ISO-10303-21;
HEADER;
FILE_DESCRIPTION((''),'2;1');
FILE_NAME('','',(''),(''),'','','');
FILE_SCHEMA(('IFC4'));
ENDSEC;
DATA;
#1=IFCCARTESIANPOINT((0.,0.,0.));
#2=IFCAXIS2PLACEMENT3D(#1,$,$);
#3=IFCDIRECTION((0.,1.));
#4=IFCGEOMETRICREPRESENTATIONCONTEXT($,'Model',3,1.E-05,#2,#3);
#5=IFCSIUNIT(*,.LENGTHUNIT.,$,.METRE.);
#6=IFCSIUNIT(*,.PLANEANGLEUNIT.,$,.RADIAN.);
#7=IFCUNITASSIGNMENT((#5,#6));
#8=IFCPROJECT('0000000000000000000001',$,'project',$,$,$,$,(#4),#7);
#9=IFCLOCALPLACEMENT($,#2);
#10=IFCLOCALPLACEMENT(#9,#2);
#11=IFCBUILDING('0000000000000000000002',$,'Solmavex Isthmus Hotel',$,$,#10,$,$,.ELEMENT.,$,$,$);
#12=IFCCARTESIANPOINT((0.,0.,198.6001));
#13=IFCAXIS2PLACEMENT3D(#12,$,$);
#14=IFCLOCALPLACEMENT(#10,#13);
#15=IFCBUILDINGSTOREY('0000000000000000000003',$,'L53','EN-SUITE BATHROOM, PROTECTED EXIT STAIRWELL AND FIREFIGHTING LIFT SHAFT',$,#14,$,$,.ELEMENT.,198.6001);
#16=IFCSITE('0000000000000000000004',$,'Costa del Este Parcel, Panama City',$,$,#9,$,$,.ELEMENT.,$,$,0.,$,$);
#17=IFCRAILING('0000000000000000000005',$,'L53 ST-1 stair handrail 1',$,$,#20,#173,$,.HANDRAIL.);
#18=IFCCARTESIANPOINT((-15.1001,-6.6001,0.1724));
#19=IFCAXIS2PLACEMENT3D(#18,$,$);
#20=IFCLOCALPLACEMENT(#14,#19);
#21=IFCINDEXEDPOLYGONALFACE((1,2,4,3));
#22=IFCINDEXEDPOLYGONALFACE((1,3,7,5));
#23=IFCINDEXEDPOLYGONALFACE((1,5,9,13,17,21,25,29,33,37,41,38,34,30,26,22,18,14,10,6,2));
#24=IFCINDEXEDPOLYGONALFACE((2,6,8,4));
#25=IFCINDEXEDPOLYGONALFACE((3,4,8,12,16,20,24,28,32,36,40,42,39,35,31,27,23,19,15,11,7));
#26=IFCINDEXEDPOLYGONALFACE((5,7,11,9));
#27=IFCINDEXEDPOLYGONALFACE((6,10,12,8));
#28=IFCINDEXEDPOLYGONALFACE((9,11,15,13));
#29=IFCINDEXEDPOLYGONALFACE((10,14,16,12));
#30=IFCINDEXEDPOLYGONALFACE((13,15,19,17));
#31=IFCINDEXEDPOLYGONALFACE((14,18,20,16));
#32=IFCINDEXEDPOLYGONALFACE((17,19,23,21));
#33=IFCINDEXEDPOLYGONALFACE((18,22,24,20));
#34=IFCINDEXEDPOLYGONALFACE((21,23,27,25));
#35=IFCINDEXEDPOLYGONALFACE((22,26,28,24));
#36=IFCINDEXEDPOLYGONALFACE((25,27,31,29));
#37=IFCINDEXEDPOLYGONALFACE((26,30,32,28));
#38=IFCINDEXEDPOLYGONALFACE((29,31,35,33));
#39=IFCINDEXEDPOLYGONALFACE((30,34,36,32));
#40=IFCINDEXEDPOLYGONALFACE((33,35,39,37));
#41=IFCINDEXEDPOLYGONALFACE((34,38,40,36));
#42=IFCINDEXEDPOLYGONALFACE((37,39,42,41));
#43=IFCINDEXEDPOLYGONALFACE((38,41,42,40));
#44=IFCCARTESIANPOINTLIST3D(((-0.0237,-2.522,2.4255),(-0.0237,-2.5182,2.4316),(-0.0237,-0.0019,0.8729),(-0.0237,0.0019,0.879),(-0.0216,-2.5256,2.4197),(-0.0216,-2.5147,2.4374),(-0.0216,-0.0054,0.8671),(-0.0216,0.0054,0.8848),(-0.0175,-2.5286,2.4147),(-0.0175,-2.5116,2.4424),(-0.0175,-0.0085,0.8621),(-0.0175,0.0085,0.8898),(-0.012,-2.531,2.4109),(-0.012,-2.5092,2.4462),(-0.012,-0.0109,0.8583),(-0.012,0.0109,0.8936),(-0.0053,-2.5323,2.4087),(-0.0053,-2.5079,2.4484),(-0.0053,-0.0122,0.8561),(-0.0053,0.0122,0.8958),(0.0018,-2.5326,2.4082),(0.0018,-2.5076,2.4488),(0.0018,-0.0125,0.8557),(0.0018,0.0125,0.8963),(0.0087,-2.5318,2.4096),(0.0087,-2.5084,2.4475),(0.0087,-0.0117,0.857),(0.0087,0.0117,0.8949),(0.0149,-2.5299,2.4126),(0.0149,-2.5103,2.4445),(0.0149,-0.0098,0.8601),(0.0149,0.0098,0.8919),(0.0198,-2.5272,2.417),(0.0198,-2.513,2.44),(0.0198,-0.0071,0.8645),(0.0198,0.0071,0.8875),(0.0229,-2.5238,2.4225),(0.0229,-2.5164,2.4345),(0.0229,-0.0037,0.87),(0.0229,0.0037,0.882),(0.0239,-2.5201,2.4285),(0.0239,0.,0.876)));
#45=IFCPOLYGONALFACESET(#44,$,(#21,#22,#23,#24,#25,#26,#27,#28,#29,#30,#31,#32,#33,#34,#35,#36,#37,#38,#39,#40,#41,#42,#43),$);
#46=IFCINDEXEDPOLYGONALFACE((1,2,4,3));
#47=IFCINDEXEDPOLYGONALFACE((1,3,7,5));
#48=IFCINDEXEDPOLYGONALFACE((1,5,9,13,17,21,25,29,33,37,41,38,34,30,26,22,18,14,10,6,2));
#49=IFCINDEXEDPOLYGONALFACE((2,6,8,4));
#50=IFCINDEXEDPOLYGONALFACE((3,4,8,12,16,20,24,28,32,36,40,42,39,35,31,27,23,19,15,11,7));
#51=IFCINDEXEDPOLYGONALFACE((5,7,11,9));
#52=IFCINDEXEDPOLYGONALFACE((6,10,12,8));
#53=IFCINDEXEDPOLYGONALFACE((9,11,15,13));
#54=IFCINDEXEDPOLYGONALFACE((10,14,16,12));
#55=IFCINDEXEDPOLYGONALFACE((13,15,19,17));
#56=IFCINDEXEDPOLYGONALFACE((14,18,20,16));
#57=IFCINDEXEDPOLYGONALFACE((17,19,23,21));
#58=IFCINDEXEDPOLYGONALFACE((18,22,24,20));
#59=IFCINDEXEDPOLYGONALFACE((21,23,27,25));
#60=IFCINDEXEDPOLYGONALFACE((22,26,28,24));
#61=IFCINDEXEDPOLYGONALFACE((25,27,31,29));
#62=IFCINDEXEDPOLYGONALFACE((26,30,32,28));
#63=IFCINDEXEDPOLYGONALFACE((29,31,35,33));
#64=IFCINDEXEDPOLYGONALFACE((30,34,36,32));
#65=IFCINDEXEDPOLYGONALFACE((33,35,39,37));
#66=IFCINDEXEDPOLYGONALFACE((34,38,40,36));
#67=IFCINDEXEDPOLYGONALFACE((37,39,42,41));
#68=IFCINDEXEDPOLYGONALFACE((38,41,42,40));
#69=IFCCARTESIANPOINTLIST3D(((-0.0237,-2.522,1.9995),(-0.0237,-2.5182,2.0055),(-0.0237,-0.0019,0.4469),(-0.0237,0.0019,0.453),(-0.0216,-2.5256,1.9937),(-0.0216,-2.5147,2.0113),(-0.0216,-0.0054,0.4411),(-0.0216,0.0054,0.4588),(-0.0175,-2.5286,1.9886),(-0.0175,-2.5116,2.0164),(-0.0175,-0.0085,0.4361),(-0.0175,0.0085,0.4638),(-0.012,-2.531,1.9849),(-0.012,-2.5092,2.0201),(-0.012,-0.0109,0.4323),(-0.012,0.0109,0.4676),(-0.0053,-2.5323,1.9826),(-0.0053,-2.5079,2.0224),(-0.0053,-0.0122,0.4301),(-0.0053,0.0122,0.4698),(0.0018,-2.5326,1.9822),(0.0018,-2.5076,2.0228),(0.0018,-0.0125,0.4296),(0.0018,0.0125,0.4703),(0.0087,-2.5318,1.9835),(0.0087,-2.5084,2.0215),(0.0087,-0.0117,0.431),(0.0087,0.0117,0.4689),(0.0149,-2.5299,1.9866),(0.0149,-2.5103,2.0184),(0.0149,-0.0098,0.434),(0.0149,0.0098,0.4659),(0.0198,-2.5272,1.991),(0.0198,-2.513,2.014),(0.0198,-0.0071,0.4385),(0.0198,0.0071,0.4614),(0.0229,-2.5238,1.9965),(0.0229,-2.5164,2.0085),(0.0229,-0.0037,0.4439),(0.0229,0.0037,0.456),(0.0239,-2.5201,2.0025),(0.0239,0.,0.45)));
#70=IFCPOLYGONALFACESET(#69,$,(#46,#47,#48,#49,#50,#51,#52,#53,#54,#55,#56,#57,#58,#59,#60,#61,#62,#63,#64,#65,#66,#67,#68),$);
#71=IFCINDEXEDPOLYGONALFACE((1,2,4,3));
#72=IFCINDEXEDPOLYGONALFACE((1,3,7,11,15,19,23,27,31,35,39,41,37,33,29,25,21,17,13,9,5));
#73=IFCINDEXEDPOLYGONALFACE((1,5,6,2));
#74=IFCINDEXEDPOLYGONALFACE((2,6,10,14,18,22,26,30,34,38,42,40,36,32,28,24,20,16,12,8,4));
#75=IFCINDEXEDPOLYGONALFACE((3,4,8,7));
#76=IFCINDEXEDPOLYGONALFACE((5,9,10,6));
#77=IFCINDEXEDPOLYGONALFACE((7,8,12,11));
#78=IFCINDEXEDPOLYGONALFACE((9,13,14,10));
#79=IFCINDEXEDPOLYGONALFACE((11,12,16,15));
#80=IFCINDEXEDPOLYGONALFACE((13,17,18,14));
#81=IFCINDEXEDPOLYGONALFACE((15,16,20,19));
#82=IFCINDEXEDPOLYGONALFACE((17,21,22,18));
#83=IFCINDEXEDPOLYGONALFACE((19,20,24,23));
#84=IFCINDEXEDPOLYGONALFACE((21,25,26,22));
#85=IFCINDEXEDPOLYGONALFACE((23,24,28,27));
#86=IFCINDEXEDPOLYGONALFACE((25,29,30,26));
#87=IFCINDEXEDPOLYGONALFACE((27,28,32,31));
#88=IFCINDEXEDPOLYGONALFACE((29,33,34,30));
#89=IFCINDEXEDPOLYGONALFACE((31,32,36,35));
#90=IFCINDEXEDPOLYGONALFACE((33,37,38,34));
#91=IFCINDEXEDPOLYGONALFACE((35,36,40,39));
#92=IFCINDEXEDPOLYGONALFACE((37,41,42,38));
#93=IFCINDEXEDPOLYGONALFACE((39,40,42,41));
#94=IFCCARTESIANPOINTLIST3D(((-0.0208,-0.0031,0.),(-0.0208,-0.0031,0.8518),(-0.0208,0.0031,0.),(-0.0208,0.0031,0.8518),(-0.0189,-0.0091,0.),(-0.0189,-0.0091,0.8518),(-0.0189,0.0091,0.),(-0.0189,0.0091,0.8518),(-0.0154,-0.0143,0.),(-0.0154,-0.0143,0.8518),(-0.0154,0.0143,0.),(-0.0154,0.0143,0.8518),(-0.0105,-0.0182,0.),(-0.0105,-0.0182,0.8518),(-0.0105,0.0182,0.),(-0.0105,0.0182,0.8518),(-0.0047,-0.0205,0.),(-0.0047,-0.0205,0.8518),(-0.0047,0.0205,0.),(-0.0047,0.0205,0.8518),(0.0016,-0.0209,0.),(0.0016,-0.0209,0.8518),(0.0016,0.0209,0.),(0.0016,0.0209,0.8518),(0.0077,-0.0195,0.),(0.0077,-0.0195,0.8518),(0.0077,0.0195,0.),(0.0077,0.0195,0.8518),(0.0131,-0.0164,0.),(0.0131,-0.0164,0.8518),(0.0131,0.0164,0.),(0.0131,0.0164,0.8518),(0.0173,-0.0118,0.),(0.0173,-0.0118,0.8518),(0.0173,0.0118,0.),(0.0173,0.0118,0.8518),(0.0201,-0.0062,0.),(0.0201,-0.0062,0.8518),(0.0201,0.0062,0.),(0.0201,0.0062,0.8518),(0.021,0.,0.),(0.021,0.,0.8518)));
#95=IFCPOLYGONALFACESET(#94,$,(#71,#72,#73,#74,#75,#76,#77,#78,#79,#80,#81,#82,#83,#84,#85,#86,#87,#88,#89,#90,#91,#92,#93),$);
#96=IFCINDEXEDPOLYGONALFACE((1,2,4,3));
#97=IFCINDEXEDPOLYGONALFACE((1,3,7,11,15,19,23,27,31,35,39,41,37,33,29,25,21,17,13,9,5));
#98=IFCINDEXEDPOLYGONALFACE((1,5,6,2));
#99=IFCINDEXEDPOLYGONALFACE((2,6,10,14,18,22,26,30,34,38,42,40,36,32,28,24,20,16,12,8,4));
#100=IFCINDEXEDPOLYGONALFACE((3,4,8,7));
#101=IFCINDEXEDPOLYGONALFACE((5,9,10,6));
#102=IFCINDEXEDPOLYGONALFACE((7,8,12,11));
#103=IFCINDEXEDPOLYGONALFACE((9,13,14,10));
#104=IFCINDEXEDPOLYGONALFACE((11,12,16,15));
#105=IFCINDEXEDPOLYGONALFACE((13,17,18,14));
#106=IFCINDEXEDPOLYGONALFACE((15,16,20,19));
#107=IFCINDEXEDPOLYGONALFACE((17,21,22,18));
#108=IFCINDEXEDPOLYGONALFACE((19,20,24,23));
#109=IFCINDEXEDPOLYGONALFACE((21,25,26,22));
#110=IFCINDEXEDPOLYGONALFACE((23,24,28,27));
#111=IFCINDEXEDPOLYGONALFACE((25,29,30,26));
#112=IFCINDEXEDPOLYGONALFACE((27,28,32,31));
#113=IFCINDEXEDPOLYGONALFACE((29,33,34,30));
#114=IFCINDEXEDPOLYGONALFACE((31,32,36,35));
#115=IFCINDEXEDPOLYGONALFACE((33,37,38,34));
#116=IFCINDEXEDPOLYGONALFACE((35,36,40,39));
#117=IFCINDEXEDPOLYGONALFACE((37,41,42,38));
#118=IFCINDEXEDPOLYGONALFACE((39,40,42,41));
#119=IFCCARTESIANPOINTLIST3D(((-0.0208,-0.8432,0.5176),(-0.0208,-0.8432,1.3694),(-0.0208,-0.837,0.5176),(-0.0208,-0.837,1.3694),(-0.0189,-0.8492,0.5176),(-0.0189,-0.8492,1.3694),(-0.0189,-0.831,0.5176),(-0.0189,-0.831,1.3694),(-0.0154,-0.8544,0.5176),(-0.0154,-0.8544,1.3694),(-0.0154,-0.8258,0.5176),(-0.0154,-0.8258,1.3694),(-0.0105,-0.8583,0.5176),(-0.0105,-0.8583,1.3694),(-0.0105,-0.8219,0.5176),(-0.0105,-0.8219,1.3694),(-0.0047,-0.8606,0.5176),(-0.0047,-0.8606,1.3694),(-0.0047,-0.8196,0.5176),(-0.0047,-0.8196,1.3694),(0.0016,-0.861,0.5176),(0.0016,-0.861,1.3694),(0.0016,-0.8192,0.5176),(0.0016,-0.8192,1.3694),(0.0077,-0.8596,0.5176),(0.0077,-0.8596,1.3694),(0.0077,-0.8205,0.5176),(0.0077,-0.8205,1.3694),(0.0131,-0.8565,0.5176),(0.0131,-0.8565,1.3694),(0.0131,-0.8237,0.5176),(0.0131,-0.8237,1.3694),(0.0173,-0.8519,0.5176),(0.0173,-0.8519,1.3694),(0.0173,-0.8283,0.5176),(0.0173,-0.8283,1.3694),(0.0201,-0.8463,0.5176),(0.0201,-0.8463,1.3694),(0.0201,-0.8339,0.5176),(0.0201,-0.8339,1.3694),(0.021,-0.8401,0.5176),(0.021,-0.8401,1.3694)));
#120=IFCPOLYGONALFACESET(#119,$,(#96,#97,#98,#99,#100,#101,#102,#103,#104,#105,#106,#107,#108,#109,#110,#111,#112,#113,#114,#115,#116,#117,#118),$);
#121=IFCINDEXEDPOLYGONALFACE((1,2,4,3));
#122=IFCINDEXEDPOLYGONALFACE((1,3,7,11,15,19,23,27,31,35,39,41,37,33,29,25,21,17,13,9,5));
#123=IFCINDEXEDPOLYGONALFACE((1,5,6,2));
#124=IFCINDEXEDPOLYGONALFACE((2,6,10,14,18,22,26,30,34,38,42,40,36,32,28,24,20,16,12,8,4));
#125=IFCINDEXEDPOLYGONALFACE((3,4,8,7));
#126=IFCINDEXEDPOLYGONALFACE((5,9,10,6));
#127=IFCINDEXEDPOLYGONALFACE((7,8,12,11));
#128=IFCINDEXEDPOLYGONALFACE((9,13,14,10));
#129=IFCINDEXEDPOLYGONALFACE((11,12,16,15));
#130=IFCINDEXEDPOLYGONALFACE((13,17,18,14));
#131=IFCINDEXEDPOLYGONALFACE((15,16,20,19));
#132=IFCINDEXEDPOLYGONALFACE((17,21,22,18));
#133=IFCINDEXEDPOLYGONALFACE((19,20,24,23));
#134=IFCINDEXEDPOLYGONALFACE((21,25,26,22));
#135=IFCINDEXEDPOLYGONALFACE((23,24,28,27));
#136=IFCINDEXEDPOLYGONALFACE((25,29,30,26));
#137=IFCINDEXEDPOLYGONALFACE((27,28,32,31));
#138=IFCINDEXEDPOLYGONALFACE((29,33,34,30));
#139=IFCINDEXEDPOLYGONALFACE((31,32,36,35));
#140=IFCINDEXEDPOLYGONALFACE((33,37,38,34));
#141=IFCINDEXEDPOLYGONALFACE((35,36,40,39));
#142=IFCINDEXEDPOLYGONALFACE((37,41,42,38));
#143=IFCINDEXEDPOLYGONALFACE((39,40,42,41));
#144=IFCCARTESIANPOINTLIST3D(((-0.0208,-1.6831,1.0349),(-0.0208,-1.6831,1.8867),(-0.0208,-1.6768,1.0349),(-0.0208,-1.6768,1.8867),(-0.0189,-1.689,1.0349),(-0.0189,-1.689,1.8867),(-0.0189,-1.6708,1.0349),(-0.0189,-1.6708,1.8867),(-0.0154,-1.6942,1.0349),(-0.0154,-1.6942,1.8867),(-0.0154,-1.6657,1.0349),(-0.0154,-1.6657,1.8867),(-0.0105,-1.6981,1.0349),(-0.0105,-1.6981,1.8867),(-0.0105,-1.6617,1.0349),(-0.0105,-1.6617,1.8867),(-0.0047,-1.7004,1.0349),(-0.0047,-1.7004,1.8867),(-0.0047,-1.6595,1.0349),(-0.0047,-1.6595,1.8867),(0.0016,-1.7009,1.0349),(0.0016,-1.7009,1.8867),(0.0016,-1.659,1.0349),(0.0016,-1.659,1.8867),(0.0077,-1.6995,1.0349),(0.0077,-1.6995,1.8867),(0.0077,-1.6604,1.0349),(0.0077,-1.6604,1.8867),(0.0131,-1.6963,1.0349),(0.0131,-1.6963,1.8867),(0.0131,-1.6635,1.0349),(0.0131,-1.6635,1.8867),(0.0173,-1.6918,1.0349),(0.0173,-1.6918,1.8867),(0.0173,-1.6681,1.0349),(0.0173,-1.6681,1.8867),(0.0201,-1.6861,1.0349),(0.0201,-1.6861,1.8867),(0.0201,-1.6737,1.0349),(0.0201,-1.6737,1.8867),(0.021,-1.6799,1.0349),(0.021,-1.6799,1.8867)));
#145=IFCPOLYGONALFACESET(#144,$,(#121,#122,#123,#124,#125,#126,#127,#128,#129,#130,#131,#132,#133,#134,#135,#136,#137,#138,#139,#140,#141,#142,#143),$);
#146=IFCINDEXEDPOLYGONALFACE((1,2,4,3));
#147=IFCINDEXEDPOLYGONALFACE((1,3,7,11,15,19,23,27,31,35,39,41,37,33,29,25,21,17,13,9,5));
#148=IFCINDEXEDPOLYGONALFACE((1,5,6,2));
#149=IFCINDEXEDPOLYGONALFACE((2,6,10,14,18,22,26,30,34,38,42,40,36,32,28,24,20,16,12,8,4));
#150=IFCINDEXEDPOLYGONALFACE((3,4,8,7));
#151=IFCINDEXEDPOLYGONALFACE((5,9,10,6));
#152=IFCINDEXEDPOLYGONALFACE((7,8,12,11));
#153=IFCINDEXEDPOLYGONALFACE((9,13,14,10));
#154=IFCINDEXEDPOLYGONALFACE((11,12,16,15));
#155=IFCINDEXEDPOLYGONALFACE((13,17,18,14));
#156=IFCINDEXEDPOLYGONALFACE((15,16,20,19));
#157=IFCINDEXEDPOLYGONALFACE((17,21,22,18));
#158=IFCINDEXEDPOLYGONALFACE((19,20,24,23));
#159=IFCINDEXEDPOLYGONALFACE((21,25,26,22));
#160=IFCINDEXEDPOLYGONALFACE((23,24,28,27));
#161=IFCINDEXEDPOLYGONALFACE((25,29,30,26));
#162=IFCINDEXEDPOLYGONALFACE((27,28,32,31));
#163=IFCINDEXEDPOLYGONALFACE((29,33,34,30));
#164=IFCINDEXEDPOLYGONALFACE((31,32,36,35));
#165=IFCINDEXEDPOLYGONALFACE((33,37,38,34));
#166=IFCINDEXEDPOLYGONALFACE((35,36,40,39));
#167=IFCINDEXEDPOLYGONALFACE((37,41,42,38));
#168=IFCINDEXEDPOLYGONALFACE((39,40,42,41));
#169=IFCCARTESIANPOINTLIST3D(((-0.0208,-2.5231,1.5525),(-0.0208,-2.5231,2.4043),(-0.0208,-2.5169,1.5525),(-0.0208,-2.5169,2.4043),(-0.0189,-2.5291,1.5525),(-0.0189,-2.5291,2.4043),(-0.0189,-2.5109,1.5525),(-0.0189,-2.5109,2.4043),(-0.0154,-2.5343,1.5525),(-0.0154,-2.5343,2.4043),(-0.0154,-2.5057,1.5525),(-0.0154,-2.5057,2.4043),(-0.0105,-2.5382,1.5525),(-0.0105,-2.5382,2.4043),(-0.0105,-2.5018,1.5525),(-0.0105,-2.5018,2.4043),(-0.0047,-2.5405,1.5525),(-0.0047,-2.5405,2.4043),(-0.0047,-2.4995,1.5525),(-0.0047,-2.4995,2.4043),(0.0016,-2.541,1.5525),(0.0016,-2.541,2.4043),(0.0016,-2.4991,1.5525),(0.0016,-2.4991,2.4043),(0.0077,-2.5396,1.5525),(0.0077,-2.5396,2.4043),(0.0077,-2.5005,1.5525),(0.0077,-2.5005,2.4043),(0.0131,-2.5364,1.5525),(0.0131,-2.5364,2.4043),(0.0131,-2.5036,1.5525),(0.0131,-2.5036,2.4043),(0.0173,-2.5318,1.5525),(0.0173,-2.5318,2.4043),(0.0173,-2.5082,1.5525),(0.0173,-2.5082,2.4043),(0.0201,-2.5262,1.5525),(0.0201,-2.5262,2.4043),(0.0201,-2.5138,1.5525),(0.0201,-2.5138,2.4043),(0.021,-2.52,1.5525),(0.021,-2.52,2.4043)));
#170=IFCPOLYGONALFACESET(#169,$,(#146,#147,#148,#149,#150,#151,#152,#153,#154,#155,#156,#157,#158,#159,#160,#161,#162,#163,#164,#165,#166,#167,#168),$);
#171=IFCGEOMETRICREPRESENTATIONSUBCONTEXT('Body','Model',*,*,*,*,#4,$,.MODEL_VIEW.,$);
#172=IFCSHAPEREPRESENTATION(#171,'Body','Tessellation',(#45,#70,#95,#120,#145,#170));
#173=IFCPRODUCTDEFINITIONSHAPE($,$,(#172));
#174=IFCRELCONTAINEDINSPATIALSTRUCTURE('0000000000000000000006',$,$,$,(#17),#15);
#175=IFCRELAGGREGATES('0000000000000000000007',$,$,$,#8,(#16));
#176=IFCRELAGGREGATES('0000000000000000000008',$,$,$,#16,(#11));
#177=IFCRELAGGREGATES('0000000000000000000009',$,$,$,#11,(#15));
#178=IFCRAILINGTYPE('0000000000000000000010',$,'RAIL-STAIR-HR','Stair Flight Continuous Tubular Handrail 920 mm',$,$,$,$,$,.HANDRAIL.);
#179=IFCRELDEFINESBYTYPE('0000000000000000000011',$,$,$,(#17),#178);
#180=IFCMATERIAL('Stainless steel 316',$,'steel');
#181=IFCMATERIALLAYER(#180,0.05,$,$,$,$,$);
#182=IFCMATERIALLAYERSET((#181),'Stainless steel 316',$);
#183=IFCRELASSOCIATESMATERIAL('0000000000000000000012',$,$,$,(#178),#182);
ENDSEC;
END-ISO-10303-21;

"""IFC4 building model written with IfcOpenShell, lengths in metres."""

from ifc_helpers import new_model, si_unit, direction, frame, origin, origin_2d, place, context, subcontext, project, spatial, circle, extrude, material, layer, layer_set, type_object, element, save


model = new_model("IFC4")

# Units and contexts
model_context = context("Model", 3, precision=1e-05, world=origin(), true_north=direction((0.0, 1.0)))
body_context = subcontext(model_context, "Body", "Model", "MODEL_VIEW")
ifc_project = project(units=[si_unit("LENGTHUNIT", "METRE"), si_unit("PLANEANGLEUNIT", "RADIAN")], contexts=[model_context])

# Site, building, storey
site_placement = place(None, origin())
site = spatial("IfcSite", under=ifc_project, at=site_placement, Name="Costa del Este Parcel, Panama City", CompositionType="ELEMENT", RefElevation=0.0)
building_placement = place(site_placement, origin())
building = spatial("IfcBuilding", under=site, at=building_placement, Name="Solmavex Isthmus Hotel", CompositionType="ELEMENT")
storey_placement = place(building_placement, frame((0.0, 0.0, 198.6001)))
storey = spatial("IfcBuildingStorey", under=building, at=storey_placement, Name="L53", Description="EN-SUITE BATHROOM, PROTECTED EXIT STAIRWELL AND FIREFIGHTING LIFT SHAFT", CompositionType="ELEMENT", Elevation=198.6001)

# Railing
ifc_material_1 = material(Name="Stainless steel 316", Category="steel")
ifc_layer_1 = layer(ifc_material_1, 0.05)
ifc_layer_set_1 = layer_set([ifc_layer_1], Name="Stainless steel 316")
railing_type_1 = type_object("IfcRailingType", Name="RAIL-STAIR-HR", Description="Stair Flight Continuous Tubular Handrail 920 mm", PredefinedType="HANDRAIL", material=ifc_layer_set_1)
railing_1_placement = place(storey_placement, frame((-15.1001, -6.6001, 0.1724)))
element("IfcRailing", 1, at=railing_1_placement, inside=storey, type_object=railing_type_1, Name="L53 ST-1 stair handrail 1", PredefinedType="HANDRAIL", context=body_context, shape_type="SweptSolid", body=[
    extrude(circle(Radius=0.0239, at=origin_2d()), frame((0.0, 0.0, 0.876), z_axis=(0.0, -0.8514, 0.524516), x_axis=(1.0, 0.0, 0.0)), (0.0, 0.0, 1.0), 2.96),
    extrude(circle(Radius=0.0239, at=origin_2d()), frame((0.0, 0.0, 0.45), z_axis=(0.0, -0.8514, 0.524516), x_axis=(1.0, 0.0, 0.0)), (0.0, 0.0, 1.0), 2.96),
    extrude(circle(Radius=0.021, at=origin_2d()), origin(), (0.0, 0.0, 1.0), 0.8518),
    extrude(circle(Radius=0.021, at=origin_2d()), frame((0.0, -0.8401, 0.5176)), (0.0, 0.0, 1.0), 0.8518),
    extrude(circle(Radius=0.021, at=origin_2d()), frame((0.0, -1.6799, 1.0349)), (0.0, 0.0, 1.0), 0.8518),
    extrude(circle(Radius=0.021, at=origin_2d()), frame((0.0, -2.52, 1.5525)), (0.0, 0.0, 1.0), 0.8518),
])

save(model, "model.ifc")
